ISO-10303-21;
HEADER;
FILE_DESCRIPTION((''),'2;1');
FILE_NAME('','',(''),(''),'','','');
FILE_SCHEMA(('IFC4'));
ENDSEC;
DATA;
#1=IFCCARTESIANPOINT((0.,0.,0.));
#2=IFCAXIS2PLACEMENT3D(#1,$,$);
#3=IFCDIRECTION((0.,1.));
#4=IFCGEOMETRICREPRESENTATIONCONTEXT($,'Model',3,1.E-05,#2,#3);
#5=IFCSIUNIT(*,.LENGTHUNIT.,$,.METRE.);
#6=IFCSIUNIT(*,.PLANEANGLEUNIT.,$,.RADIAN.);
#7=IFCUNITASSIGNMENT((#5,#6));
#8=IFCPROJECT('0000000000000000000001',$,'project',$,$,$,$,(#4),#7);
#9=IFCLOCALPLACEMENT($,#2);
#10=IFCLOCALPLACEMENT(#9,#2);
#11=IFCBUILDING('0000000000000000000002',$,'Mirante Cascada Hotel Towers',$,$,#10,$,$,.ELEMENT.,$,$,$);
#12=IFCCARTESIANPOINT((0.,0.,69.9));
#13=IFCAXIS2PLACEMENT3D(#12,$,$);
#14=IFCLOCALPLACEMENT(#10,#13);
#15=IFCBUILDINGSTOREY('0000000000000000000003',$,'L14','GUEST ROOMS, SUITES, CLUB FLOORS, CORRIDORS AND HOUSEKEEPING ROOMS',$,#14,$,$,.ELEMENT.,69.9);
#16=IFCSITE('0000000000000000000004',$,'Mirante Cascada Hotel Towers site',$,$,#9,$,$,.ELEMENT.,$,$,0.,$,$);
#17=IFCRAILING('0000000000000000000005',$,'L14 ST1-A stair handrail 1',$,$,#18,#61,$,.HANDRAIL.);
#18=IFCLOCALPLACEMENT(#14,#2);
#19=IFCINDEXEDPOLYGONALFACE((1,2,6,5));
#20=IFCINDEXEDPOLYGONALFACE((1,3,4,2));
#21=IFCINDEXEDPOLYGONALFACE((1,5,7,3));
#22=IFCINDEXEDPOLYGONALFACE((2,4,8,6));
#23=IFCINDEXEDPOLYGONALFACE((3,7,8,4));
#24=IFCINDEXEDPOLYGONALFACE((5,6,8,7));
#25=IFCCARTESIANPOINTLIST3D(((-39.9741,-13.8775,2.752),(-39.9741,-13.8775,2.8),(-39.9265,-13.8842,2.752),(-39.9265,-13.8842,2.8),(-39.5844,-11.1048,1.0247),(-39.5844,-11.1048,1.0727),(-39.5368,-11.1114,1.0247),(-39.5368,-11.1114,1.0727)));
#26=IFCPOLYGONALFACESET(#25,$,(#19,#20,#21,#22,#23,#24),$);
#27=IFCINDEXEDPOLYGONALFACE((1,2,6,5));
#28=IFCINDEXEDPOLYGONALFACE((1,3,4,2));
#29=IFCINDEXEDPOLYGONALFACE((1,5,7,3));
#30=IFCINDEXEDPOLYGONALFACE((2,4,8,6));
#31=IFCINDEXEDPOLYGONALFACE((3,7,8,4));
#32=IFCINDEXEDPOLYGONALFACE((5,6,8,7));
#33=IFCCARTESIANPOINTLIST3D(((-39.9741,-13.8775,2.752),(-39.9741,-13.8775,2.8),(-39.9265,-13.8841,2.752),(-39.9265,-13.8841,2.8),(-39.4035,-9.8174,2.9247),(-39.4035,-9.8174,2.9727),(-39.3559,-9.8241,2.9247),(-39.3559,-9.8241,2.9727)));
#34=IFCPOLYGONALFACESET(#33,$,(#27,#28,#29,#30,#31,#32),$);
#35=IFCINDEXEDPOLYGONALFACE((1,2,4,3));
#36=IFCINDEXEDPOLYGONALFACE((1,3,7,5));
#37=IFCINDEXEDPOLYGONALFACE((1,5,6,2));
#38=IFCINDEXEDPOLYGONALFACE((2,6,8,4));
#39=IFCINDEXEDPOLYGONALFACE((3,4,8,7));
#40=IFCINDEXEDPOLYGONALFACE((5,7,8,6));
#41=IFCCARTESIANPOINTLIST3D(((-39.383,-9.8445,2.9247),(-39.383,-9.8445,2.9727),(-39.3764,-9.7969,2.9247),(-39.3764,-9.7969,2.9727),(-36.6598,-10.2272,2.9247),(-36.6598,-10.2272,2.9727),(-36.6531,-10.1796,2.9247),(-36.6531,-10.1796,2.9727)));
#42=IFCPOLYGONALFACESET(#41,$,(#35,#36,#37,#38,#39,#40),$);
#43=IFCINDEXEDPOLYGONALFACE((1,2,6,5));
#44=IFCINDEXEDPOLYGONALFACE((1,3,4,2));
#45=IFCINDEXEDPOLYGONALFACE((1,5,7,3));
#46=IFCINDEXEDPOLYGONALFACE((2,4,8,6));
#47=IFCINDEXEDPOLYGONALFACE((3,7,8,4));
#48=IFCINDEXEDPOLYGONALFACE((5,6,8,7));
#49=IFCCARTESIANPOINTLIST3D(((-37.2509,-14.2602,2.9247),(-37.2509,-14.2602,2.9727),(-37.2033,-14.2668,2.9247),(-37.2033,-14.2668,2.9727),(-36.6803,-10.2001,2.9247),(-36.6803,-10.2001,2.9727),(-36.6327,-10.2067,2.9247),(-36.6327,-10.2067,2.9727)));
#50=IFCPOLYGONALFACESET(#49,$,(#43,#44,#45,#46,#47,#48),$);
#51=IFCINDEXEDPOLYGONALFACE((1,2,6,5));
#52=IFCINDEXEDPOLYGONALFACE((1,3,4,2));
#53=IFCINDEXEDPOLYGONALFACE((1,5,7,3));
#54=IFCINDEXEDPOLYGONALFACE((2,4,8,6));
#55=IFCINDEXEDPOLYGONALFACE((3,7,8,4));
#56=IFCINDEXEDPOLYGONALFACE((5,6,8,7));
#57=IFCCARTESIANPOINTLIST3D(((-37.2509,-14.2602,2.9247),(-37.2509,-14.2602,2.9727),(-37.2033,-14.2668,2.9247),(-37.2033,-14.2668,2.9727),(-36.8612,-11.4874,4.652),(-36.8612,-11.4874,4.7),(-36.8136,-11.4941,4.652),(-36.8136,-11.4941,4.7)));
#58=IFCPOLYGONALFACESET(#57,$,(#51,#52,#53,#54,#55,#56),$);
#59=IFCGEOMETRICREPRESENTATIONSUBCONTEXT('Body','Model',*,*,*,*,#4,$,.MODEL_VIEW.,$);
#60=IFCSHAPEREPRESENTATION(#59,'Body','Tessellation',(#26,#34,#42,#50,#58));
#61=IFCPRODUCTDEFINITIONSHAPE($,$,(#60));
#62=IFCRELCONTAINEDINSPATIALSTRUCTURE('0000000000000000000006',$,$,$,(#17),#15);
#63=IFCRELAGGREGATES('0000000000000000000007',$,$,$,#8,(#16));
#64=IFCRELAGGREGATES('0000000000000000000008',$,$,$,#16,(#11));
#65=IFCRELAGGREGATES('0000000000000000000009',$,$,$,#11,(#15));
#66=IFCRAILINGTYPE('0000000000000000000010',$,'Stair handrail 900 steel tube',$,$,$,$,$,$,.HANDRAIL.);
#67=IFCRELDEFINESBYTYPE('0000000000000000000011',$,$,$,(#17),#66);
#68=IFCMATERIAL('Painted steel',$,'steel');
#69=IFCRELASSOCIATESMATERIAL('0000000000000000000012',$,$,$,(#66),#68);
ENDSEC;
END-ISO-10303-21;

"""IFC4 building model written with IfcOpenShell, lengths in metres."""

from ifc_helpers import new_model, si_unit, direction, frame, origin, origin_2d, place, context, subcontext, project, spatial, rectangle, extrude, material, type_object, element, save


model = new_model("IFC4")

# Units and contexts
model_context = context("Model", 3, precision=1e-05, world=origin(), true_north=direction((0.0, 1.0)))
body_context = subcontext(model_context, "Body", "Model", "MODEL_VIEW")
ifc_project = project(units=[si_unit("LENGTHUNIT", "METRE"), si_unit("PLANEANGLEUNIT", "RADIAN")], contexts=[model_context])

# Site, building, storey
site_placement = place(None, origin())
site = spatial("IfcSite", under=ifc_project, at=site_placement, Name="Mirante Cascada Hotel Towers site", CompositionType="ELEMENT", RefElevation=0.0)
building_placement = place(site_placement, origin())
building = spatial("IfcBuilding", under=site, at=building_placement, Name="Mirante Cascada Hotel Towers", CompositionType="ELEMENT")
storey_placement = place(building_placement, frame((0.0, 0.0, 69.9)))
storey = spatial("IfcBuildingStorey", under=building, at=storey_placement, Name="L14", Description="GUEST ROOMS, SUITES, CLUB FLOORS, CORRIDORS AND HOUSEKEEPING ROOMS", CompositionType="ELEMENT", Elevation=69.9)

# Railing
ifc_material_1 = material(Name="Painted steel", Category="steel")
railing_type_1 = type_object("IfcRailingType", Name="Stair handrail 900 steel tube", PredefinedType="HANDRAIL", material=ifc_material_1)
railing_1_placement = place(storey_placement, frame((-39.5606, -11.1081, 0.1727)))
element("IfcRailing", 1, at=railing_1_placement, inside=storey, type_object=railing_type_1, Name="L14 ST1-A stair handrail 1", PredefinedType="HANDRAIL", context=body_context, shape_type="SweptSolid", body=[
    extrude(rectangle(XDim=0.048, YDim=0.048, at=origin_2d()), frame((0.0, 0.0, 0.876), z_axis=(-0.139181, -0.990267, 0.0), x_axis=(0.990267, -0.139181, 0.0)), (0.0, 0.525035, 0.851081), 3.2899),
    extrude(rectangle(XDim=0.048, YDim=0.048, at=origin_2d()), frame((-0.3897, -2.7727, 2.6033), z_axis=(0.139171, 0.990268, 0.0), x_axis=(-0.990268, 0.139171, 0.0)), (0.0, 0.042085, 0.999114), 4.1036),
    extrude(rectangle(XDim=0.048, YDim=0.048, at=origin_2d()), frame((0.1809, 1.2874, 2.776), z_axis=(0.990269, -0.139166, 0.0), x_axis=(0.139166, 0.990269, 0.0)), (0.0, 0.0, 1.0), 2.75),
    extrude(rectangle(XDim=0.048, YDim=0.048, at=origin_2d()), frame((2.9041, 0.9047, 2.776), z_axis=(-0.139171, -0.990268, 0.0), x_axis=(0.990268, -0.139171, 0.0)), (0.0, 0.0, 1.0), 4.1),
    extrude(rectangle(XDim=0.048, YDim=0.048, at=origin_2d()), frame((2.3335, -3.1554, 2.776), z_axis=(0.139181, 0.990267, 0.0), x_axis=(-0.990267, 0.139181, 0.0)), (0.0, 0.525035, 0.851081), 3.2899),
])

save(model, "model.ifc")
